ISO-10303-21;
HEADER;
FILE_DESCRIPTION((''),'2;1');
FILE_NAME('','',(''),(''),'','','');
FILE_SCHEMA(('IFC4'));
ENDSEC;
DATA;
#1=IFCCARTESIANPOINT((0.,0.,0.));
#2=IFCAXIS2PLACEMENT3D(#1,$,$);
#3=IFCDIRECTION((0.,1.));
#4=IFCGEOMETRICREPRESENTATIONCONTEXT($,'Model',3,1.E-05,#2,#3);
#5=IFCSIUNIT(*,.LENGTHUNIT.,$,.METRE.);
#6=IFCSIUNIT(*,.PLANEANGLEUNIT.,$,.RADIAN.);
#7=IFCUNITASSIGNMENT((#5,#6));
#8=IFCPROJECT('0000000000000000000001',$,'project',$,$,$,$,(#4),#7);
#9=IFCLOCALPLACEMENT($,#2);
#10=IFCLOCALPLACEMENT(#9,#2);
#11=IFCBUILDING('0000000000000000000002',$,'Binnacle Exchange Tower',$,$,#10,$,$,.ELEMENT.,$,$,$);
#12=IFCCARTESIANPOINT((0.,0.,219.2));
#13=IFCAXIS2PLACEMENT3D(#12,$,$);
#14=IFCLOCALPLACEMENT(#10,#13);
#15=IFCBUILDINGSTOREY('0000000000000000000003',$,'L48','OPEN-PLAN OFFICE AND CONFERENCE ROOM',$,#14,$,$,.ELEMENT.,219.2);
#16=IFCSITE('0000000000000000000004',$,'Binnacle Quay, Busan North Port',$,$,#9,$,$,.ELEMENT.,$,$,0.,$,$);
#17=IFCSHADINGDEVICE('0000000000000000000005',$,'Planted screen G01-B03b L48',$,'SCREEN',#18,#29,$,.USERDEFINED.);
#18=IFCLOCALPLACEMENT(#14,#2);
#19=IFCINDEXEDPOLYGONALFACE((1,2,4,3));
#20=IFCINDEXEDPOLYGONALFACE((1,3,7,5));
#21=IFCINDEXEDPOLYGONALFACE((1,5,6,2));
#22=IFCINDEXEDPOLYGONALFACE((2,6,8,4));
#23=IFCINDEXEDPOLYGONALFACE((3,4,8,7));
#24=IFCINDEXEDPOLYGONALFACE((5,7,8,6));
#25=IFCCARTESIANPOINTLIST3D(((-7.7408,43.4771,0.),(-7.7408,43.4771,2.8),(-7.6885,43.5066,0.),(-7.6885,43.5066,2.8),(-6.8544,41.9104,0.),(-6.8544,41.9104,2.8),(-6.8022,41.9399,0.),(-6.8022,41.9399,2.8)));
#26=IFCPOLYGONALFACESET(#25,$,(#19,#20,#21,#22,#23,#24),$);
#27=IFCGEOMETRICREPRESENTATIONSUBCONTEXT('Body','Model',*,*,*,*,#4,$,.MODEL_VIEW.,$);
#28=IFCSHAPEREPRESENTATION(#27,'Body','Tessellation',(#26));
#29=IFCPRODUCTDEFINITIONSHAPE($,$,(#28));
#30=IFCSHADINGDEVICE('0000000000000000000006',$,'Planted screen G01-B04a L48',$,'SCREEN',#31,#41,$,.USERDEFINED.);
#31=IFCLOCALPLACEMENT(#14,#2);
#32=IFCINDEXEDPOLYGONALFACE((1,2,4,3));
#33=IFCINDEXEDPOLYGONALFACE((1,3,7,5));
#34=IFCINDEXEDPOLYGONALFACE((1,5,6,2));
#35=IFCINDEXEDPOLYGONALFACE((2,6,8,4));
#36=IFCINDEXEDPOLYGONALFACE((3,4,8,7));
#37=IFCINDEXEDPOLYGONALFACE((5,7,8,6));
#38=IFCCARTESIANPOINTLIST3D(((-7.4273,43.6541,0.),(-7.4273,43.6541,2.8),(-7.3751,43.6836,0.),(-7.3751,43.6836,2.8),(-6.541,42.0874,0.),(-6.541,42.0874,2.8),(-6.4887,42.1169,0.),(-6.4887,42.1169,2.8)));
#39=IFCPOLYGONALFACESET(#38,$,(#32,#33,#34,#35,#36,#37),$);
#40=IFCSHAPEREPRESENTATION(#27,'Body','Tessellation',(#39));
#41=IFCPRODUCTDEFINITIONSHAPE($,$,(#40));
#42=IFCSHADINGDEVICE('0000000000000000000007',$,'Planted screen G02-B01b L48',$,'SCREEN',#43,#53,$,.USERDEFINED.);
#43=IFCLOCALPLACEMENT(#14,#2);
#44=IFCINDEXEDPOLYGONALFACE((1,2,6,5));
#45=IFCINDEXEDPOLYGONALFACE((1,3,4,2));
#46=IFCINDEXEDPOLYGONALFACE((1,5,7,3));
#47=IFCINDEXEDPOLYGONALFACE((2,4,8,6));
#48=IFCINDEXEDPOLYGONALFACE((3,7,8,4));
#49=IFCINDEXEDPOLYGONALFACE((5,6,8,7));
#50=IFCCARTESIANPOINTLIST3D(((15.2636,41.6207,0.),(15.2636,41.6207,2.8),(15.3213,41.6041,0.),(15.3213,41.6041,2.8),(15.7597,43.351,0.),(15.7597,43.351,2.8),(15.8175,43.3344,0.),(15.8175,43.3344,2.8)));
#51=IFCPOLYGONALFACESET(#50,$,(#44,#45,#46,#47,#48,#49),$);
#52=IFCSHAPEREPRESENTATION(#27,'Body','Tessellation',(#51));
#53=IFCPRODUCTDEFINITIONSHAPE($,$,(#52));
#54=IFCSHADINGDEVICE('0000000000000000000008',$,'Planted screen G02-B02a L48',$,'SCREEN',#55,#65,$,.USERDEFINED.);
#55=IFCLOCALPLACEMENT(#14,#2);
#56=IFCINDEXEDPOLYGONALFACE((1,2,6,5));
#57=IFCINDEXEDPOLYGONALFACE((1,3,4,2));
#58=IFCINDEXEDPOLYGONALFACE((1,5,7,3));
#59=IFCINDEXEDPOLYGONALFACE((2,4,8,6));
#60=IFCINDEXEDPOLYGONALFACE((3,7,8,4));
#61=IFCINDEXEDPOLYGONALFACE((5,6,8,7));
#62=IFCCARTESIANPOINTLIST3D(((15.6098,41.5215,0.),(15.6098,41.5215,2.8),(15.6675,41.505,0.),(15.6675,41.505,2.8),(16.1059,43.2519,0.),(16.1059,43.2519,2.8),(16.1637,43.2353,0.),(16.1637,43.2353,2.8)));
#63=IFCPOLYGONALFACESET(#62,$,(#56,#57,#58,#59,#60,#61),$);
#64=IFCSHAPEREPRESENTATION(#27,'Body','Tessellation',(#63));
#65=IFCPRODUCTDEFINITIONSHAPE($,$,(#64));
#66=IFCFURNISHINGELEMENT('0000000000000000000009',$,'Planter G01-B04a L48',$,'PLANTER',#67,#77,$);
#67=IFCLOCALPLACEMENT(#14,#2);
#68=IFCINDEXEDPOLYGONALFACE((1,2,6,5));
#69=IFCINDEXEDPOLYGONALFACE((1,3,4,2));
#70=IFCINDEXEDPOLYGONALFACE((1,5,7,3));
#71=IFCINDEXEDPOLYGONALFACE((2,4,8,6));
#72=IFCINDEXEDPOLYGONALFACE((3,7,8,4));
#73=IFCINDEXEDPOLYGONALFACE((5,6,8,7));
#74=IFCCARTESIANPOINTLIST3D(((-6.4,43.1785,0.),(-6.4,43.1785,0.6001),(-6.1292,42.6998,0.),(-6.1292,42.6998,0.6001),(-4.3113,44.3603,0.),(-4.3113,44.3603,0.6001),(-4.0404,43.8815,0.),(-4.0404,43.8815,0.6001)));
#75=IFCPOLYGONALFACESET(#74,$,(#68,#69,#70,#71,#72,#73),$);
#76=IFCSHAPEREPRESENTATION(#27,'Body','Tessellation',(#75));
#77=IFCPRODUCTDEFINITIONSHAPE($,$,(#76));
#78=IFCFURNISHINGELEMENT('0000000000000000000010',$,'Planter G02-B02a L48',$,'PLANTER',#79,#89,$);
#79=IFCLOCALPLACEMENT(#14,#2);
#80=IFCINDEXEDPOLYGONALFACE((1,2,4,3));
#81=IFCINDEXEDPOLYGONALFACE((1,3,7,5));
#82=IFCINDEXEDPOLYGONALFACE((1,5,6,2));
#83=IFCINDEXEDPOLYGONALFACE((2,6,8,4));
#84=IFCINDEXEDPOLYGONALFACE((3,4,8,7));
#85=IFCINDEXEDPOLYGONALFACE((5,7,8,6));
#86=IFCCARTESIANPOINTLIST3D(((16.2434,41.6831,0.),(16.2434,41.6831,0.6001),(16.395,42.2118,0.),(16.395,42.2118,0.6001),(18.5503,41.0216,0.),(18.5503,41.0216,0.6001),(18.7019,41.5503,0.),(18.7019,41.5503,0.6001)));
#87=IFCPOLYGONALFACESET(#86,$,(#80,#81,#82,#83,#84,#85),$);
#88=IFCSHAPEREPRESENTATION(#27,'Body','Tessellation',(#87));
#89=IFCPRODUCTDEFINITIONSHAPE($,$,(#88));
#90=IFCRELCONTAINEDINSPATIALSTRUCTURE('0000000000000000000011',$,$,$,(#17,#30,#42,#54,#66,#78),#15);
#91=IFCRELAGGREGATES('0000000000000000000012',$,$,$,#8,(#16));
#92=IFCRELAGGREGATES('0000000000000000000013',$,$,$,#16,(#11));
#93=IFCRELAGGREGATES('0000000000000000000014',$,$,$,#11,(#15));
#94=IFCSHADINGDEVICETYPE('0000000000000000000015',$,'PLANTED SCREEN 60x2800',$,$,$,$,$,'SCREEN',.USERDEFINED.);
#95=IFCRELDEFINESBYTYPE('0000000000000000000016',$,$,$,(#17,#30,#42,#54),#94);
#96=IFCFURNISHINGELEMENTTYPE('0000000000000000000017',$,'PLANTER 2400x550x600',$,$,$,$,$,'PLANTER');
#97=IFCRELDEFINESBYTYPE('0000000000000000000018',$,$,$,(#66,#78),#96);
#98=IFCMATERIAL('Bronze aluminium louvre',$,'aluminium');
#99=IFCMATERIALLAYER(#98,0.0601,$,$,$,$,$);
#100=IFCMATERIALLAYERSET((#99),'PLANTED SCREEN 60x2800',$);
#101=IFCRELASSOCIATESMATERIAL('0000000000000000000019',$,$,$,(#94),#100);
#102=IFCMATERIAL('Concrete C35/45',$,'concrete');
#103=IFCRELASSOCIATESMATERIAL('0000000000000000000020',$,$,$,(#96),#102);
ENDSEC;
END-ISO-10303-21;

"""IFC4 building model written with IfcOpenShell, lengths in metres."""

from ifc_helpers import new_model, si_unit, direction, frame, origin, origin_2d, place, context, subcontext, project, spatial, rectangle, extrude, material, layer, layer_set, type_object, element, save


model = new_model("IFC4")

# Units and contexts
model_context = context("Model", 3, precision=1e-05, world=origin(), true_north=direction((0.0, 1.0)))
body_context = subcontext(model_context, "Body", "Model", "MODEL_VIEW")
ifc_project = project(units=[si_unit("LENGTHUNIT", "METRE"), si_unit("PLANEANGLEUNIT", "RADIAN")], contexts=[model_context])

# Site, building, storey
site_placement = place(None, origin())
site = spatial("IfcSite", under=ifc_project, at=site_placement, Name="Binnacle Quay, Busan North Port", CompositionType="ELEMENT", RefElevation=0.0)
building_placement = place(site_placement, origin())
building = spatial("IfcBuilding", under=site, at=building_placement, Name="Binnacle Exchange Tower", CompositionType="ELEMENT")
storey_placement = place(building_placement, frame((0.0, 0.0, 219.2)))
storey = spatial("IfcBuildingStorey", under=building, at=storey_placement, Name="L48", Description="OPEN-PLAN OFFICE AND CONFERENCE ROOM", CompositionType="ELEMENT", Elevation=219.2)

# Shading devices
ifc_material_1 = material(Name="Bronze aluminium louvre", Category="aluminium")
ifc_layer_1 = layer(ifc_material_1, 0.0601)
ifc_layer_set_1 = layer_set([ifc_layer_1], Name="PLANTED SCREEN 60x2800")
shading_device_type = type_object("IfcShadingDeviceType", Name="PLANTED SCREEN 60x2800", ElementType="SCREEN", PredefinedType="USERDEFINED", material=ifc_layer_set_1)
for number, where, z_axis, x_axis, name in (
    (1, (-7.2715, 42.7085, 0.0), (0.0, 0.0, 1.0), (0.870356, 0.492424, 0.0), "Planted screen G01-B03b L48"),
    (2, (-6.958, 42.8855, 0.0), (0.0, 0.0, 1.0), (0.870356, 0.492424, 0.0), "Planted screen G01-B04a L48"),
    (3, (15.5405, 42.4775, 0.0), (0.0, 0.0, 1.0), (0.961262, -0.275637, 0.0), "Planted screen G02-B01b L48"),
    (4, (15.8867, 42.3784, 0.0), (0.0, 0.0, 1.0), (0.961262, -0.275637, 0.0), "Planted screen G02-B02a L48"),
):
    element("IfcShadingDevice", number, at=place(storey_placement, frame(where, z_axis=z_axis, x_axis=x_axis)), inside=storey, type_object=shading_device_type, Name=name, ObjectType="SCREEN", PredefinedType="USERDEFINED", context=body_context, shape_type="SweptSolid", body=[
        extrude(rectangle(XDim=0.0601, YDim=1.8, at=origin_2d()), origin(), (0.0, 0.0, 1.0), 2.8),
    ])

# Furnishing elements
ifc_material_2 = material(Name="Concrete C35/45", Category="concrete")
furnishing_element_type = type_object("IfcFurnishingElementType", Name="PLANTER 2400x550x600", ElementType="PLANTER", material=ifc_material_2)
for number, where, z_axis, x_axis, name in (
    (5, (-5.2202, 43.53, 0.0), (0.0, 0.0, 1.0), (0.870356, 0.492424, 0.0), "Planter G01-B04a L48"),
    (6, (17.4727, 41.6167, 0.0), (0.0, 0.0, 1.0), (0.961262, -0.275637, 0.0), "Planter G02-B02a L48"),
):
    element("IfcFurnishingElement", number, at=place(storey_placement, frame(where, z_axis=z_axis, x_axis=x_axis)), inside=storey, type_object=furnishing_element_type, Name=name, ObjectType="PLANTER", context=body_context, shape_type="SweptSolid", body=[
        extrude(rectangle(XDim=2.3999, YDim=0.55, at=origin_2d()), origin(), (0.0, 0.0, 1.0), 0.6001),
    ])

save(model, "model.ifc")
